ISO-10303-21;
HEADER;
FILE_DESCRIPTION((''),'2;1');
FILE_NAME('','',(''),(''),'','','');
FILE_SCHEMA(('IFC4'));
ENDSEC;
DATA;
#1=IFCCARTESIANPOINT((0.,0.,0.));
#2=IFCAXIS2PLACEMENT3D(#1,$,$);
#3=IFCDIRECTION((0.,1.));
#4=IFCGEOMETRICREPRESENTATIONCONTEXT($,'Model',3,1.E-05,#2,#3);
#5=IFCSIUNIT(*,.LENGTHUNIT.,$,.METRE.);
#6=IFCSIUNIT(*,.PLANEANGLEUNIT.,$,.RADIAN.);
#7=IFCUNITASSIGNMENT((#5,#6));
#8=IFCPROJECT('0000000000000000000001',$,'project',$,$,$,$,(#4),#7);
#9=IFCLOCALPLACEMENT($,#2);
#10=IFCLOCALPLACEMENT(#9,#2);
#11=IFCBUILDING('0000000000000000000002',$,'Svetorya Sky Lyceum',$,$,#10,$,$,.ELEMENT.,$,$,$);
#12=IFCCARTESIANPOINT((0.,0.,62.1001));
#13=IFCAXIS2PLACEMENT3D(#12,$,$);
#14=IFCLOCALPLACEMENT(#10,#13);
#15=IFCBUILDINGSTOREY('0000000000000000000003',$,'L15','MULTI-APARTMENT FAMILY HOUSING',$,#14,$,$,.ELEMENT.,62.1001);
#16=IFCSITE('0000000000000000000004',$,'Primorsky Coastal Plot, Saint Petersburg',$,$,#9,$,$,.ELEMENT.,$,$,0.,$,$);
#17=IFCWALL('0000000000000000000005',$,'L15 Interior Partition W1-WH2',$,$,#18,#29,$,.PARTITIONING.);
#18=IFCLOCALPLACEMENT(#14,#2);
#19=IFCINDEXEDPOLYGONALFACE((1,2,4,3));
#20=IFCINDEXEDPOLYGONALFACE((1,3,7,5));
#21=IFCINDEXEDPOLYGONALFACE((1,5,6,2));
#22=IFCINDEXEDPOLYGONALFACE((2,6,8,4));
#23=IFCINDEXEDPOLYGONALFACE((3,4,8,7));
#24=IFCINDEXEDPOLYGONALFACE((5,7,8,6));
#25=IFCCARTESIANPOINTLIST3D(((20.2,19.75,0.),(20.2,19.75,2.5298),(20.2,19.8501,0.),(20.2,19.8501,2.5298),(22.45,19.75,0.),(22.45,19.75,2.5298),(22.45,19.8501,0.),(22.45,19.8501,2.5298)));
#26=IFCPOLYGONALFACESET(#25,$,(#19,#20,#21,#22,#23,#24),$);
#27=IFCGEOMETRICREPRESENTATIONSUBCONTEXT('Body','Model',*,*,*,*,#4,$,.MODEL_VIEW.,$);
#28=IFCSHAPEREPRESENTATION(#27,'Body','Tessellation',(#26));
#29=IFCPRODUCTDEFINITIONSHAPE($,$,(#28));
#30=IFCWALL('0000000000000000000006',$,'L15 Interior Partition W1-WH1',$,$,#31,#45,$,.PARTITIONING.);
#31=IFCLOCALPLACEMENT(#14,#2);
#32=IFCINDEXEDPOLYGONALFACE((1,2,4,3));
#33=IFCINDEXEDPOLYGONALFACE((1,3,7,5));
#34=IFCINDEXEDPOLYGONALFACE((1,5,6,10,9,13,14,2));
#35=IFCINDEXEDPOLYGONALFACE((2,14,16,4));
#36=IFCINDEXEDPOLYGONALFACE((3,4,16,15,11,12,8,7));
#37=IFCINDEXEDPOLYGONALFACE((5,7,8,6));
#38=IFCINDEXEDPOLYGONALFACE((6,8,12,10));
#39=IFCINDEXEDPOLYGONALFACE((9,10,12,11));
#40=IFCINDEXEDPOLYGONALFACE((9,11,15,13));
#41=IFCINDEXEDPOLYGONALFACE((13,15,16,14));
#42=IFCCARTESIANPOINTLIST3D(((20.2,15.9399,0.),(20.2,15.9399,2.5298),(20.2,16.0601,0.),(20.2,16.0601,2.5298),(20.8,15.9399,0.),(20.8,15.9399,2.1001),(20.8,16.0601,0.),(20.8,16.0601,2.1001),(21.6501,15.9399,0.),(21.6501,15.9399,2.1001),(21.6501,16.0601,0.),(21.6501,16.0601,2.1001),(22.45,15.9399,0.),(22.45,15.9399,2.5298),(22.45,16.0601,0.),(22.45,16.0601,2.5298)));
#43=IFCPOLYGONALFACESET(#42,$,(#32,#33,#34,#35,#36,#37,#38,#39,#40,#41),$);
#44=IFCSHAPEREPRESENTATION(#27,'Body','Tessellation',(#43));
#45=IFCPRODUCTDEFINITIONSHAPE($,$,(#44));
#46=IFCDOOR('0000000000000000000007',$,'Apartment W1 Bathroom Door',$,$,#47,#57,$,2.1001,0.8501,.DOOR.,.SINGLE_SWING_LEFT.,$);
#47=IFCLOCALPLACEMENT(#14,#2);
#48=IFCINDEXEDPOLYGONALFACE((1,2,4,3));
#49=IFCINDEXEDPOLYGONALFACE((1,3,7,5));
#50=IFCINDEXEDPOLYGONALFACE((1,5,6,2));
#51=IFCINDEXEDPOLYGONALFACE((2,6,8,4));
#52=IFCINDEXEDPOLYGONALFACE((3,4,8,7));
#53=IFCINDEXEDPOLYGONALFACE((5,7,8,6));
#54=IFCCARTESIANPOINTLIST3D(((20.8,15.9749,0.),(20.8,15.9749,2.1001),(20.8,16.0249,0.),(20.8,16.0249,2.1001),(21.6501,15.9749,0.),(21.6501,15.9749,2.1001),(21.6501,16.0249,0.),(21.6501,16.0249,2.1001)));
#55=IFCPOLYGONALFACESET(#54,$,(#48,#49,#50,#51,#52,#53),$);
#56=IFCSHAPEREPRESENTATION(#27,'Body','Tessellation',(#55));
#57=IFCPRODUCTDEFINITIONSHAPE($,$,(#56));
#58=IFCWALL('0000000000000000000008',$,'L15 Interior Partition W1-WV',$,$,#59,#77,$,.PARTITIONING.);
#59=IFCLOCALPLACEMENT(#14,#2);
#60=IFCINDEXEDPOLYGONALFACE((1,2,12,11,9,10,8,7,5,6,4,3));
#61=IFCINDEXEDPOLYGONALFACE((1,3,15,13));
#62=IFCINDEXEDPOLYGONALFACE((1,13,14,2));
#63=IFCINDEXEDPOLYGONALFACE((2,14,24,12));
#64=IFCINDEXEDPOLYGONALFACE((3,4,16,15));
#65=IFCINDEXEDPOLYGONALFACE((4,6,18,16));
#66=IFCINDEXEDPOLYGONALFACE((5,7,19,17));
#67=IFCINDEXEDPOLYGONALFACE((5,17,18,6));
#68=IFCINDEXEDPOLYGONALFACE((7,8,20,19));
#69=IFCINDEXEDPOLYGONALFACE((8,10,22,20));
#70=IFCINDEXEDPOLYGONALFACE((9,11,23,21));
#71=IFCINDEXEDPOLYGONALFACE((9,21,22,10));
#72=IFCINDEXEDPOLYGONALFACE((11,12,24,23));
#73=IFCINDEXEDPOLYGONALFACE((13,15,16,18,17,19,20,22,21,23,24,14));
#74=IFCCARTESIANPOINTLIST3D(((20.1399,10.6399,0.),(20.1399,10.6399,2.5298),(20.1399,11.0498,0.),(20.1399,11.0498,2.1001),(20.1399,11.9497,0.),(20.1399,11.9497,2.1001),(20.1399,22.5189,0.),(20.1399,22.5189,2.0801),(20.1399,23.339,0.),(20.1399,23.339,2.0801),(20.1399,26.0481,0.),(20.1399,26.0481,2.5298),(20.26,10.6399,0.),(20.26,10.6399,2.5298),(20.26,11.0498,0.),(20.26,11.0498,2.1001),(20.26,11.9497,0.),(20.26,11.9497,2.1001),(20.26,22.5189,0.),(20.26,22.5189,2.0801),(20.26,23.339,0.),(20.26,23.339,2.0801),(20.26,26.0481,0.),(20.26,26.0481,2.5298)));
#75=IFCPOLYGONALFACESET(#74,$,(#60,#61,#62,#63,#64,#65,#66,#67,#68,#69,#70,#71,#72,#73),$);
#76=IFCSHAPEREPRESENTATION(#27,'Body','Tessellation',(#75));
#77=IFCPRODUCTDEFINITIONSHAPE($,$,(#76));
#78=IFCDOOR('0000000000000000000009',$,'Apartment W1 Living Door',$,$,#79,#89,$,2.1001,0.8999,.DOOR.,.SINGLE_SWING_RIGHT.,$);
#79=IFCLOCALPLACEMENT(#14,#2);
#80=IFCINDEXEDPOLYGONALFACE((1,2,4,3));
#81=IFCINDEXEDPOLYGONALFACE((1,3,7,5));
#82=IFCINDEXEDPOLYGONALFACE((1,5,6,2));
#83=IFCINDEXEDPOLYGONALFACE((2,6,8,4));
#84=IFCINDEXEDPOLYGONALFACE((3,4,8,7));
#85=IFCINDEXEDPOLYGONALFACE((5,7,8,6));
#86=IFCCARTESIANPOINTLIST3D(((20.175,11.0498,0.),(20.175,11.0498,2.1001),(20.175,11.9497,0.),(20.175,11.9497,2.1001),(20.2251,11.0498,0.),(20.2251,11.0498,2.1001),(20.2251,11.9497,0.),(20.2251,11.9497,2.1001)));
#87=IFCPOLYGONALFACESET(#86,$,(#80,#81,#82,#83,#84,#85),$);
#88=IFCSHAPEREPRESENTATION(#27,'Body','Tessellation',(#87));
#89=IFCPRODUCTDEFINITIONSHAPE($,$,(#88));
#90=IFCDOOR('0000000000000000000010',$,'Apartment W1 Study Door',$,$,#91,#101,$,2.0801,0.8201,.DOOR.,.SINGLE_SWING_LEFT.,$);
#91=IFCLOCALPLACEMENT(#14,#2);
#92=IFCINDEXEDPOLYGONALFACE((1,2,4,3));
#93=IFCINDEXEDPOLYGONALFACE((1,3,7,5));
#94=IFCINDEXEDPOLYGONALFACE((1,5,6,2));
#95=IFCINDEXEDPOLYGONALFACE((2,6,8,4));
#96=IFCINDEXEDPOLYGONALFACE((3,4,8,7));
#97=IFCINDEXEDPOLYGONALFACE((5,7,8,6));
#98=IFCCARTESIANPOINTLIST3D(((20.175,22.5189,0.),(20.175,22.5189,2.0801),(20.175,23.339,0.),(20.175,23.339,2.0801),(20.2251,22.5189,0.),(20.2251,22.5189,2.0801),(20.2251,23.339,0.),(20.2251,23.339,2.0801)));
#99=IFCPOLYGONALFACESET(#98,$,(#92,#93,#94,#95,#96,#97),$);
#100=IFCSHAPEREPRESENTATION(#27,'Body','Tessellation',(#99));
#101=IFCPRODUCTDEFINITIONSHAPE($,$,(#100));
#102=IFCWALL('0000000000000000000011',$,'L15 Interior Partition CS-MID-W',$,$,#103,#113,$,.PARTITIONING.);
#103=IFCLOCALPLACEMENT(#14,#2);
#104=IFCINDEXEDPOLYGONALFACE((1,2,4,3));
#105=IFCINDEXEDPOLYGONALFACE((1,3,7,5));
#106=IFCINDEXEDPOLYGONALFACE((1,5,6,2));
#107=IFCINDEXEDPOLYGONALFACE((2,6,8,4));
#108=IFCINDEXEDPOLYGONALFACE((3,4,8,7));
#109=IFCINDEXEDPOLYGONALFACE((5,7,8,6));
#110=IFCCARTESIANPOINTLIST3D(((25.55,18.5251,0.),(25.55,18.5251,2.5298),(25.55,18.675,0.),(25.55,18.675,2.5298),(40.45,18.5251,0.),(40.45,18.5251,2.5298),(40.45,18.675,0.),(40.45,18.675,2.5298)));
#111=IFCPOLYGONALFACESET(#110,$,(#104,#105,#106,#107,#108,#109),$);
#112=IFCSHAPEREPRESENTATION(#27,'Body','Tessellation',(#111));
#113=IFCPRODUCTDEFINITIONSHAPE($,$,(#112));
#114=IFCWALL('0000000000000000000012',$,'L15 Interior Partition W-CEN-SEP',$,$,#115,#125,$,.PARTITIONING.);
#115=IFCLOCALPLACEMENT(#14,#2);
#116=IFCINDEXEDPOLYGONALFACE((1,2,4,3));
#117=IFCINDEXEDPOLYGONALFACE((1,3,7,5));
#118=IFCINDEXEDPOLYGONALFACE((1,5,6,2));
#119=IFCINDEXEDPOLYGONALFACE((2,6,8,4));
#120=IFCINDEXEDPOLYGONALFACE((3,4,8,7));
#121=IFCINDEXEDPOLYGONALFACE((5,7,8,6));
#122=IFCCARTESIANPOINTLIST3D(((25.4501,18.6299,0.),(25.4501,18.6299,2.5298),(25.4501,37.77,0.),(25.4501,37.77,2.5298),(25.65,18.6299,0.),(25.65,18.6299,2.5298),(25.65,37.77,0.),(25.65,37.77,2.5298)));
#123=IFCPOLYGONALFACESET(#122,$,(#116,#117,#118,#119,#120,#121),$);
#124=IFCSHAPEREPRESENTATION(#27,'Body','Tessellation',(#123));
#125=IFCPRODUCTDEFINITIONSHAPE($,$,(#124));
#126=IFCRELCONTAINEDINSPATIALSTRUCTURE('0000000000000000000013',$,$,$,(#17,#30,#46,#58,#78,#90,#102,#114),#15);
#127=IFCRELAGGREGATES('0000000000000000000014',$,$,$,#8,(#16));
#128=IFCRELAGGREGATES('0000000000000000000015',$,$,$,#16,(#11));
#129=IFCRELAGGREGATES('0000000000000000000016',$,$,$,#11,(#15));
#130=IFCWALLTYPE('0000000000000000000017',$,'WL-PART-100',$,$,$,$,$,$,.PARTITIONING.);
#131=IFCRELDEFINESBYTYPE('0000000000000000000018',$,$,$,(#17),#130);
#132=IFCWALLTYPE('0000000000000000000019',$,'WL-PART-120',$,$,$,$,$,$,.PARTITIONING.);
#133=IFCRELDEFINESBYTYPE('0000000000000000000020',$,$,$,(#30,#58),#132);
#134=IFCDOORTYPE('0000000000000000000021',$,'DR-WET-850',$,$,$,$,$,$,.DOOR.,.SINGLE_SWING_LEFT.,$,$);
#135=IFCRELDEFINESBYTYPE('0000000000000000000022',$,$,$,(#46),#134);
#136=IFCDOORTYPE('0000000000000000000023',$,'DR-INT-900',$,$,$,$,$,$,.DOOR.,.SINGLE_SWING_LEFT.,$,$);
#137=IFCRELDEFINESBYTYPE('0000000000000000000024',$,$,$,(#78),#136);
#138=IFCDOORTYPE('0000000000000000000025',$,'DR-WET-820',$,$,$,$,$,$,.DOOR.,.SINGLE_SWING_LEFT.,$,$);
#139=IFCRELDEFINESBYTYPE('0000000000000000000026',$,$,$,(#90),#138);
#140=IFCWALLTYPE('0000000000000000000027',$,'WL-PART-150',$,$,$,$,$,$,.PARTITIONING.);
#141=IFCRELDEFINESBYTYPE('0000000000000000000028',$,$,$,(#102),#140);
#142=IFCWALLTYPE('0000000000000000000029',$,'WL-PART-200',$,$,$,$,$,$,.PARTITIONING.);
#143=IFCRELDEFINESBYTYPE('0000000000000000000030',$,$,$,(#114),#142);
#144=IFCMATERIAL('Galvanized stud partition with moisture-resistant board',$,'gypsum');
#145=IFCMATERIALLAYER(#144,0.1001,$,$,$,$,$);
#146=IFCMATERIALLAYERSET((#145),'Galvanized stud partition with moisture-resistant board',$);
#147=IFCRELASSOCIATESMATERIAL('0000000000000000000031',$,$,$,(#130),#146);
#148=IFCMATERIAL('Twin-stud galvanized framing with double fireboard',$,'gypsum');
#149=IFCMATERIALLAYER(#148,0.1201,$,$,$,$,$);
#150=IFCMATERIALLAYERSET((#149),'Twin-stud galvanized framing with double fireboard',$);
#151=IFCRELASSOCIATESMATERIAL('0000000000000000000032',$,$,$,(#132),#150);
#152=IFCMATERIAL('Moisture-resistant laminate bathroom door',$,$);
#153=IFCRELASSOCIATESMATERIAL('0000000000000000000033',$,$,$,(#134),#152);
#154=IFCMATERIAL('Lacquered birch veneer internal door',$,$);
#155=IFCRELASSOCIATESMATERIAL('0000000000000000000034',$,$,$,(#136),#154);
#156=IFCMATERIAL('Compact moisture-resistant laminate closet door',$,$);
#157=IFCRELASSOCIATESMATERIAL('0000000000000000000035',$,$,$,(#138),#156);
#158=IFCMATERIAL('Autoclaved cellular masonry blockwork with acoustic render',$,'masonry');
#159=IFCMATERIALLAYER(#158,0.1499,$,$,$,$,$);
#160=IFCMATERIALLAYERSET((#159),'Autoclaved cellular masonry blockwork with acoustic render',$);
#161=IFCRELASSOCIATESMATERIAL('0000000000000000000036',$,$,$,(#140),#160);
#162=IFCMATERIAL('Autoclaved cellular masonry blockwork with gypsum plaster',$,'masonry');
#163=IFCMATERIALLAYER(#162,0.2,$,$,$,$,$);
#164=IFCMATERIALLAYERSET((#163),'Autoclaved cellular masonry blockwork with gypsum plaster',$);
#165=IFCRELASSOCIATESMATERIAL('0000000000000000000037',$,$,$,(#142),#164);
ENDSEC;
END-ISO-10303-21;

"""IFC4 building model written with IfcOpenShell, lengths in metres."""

from ifc_helpers import new_model, si_unit, direction, frame, frame_2d, origin, place, context, subcontext, project, spatial, rectangle, extrude, material, layer, layer_set, type_object, element, fill, save


model = new_model("IFC4")

# Units and contexts
model_context = context("Model", 3, precision=1e-05, world=origin(), true_north=direction((0.0, 1.0)))
body_context = subcontext(model_context, "Body", "Model", "MODEL_VIEW")
ifc_project = project(units=[si_unit("LENGTHUNIT", "METRE"), si_unit("PLANEANGLEUNIT", "RADIAN")], contexts=[model_context])

# Site, building, storey
site_placement = place(None, origin())
site = spatial("IfcSite", under=ifc_project, at=site_placement, Name="Primorsky Coastal Plot, Saint Petersburg", CompositionType="ELEMENT", RefElevation=0.0)
building_placement = place(site_placement, origin())
building = spatial("IfcBuilding", under=site, at=building_placement, Name="Svetorya Sky Lyceum", CompositionType="ELEMENT")
storey_placement = place(building_placement, frame((0.0, 0.0, 62.1001)))
storey = spatial("IfcBuildingStorey", under=building, at=storey_placement, Name="L15", Description="MULTI-APARTMENT FAMILY HOUSING", CompositionType="ELEMENT", Elevation=62.1001)

# Wall
ifc_material_1 = material(Name="Galvanized stud partition with moisture-resistant board", Category="gypsum")
ifc_layer_1 = layer(ifc_material_1, 0.1001)
ifc_layer_set_1 = layer_set([ifc_layer_1], Name="Galvanized stud partition with moisture-resistant board")
wall_type_1 = type_object("IfcWallType", Name="WL-PART-100", PredefinedType="PARTITIONING", material=ifc_layer_set_1)
wall_1_placement = place(storey_placement, frame((20.2, 19.8, 0.0), z_axis=(0.0, 0.0, 1.0), x_axis=(1.0, 0.0, 0.0)))
element("IfcWall", 1, at=wall_1_placement, inside=storey, type_object=wall_type_1, Name="L15 Interior Partition W1-WH2", PredefinedType="PARTITIONING", context=body_context, shape_type="SweptSolid", body=[
    extrude(rectangle(XDim=2.25, YDim=0.1001, at=frame_2d((1.125, 0.0))), origin(), (0.0, 0.0, 1.0), 2.5298),
])

# Wall, opening, door
ifc_material_2 = material(Name="Twin-stud galvanized framing with double fireboard", Category="gypsum")
ifc_layer_2 = layer(ifc_material_2, 0.1201)
ifc_layer_set_2 = layer_set([ifc_layer_2], Name="Twin-stud galvanized framing with double fireboard")
wall_type_2 = type_object("IfcWallType", Name="WL-PART-120", PredefinedType="PARTITIONING", material=ifc_layer_set_2)
wall_2_placement = place(storey_placement, frame((20.2, 16.0, 0.0), z_axis=(0.0, 0.0, 1.0), x_axis=(1.0, 0.0, 0.0)))
wall_2 = element("IfcWall", 2, at=wall_2_placement, inside=storey, type_object=wall_type_2, Name="L15 Interior Partition W1-WH1", PredefinedType="PARTITIONING", context=body_context, shape_type="SweptSolid", body=[
    extrude(rectangle(XDim=2.25, YDim=0.1201, at=frame_2d((1.125, 0.0))), origin(), (0.0, 0.0, 1.0), 2.5298),
])
opening_1_placement = place(wall_2_placement, frame((0.6001, 0.0, 0.0)))
opening_1 = element("IfcOpeningElement", 3, at=opening_1_placement, cuts=wall_2, PredefinedType="OPENING", context=body_context, shape_type="SweptSolid", body=[
    extrude(rectangle(XDim=0.8501, YDim=2.1001, at=frame_2d((0.425, 1.05))), frame((0.0, 0.0701, 0.0), z_axis=(0.0, -1.0, 0.0), x_axis=(1.0, 0.0, 0.0)), (0.0, 0.0, 1.0), 0.1401),
])
ifc_material_3 = material(Name="Moisture-resistant laminate bathroom door")
door_type_1 = type_object("IfcDoorType", Name="DR-WET-850", OperationType="SINGLE_SWING_LEFT", PredefinedType="DOOR", material=ifc_material_3)
door_1_placement = place(opening_1_placement, origin())
door_1 = element("IfcDoor", 4, at=door_1_placement, inside=storey, type_object=door_type_1, Name="Apartment W1 Bathroom Door", OperationType="SINGLE_SWING_LEFT", OverallHeight=2.1001, OverallWidth=0.8501, PredefinedType="DOOR", context=body_context, shape_type="SweptSolid", body=[
    extrude(rectangle(XDim=0.8501, YDim=2.1001, at=frame_2d((0.425, 1.05))), frame((0.0, 0.0249, 0.0), z_axis=(0.0, -1.0, 0.0), x_axis=(1.0, 0.0, 0.0)), (0.0, 0.0, 1.0), 0.05),
])
fill(opening_1, door_1)

# Wall, openings, doors
wall_3_placement = place(storey_placement, frame((20.2, 10.6399, 0.0), z_axis=(0.0, 0.0, 1.0), x_axis=(0.0, 1.0, 0.0)))
wall_3 = element("IfcWall", 5, at=wall_3_placement, inside=storey, type_object=wall_type_2, Name="L15 Interior Partition W1-WV", PredefinedType="PARTITIONING", context=body_context, shape_type="SweptSolid", body=[
    extrude(rectangle(XDim=15.4082, YDim=0.1201, at=frame_2d((7.7041, 0.0))), origin(), (0.0, 0.0, 1.0), 2.5298),
])
opening_2_placement = place(wall_3_placement, frame((0.4099, 0.0, 0.0)))
opening_2 = element("IfcOpeningElement", 6, at=opening_2_placement, cuts=wall_3, PredefinedType="OPENING", context=body_context, shape_type="SweptSolid", body=[
    extrude(rectangle(XDim=0.8999, YDim=2.1001, at=frame_2d((0.45, 1.05))), frame((0.0, 0.0701, 0.0), z_axis=(0.0, -1.0, 0.0), x_axis=(1.0, 0.0, 0.0)), (0.0, 0.0, 1.0), 0.1401),
])
opening_3_placement = place(wall_3_placement, frame((11.8789, 0.0, 0.0)))
opening_3 = element("IfcOpeningElement", 7, at=opening_3_placement, cuts=wall_3, PredefinedType="OPENING", context=body_context, shape_type="SweptSolid", body=[
    extrude(rectangle(XDim=0.8201, YDim=2.0801, at=frame_2d((0.4102, 1.04))), frame((0.0, 0.0701, 0.0), z_axis=(0.0, -1.0, 0.0), x_axis=(1.0, 0.0, 0.0)), (0.0, 0.0, 1.0), 0.1401),
])
ifc_material_4 = material(Name="Lacquered birch veneer internal door")
door_type_2 = type_object("IfcDoorType", Name="DR-INT-900", OperationType="SINGLE_SWING_LEFT", PredefinedType="DOOR", material=ifc_material_4)
door_2_placement = place(opening_2_placement, origin())
door_2 = element("IfcDoor", 8, at=door_2_placement, inside=storey, type_object=door_type_2, Name="Apartment W1 Living Door", OperationType="SINGLE_SWING_RIGHT", OverallHeight=2.1001, OverallWidth=0.8999, PredefinedType="DOOR", context=body_context, shape_type="SweptSolid", body=[
    extrude(rectangle(XDim=0.8999, YDim=2.1001, at=frame_2d((0.45, 1.05))), frame((0.0, 0.0249, 0.0), z_axis=(0.0, -1.0, 0.0), x_axis=(1.0, 0.0, 0.0)), (0.0, 0.0, 1.0), 0.05),
])
fill(opening_2, door_2)
ifc_material_5 = material(Name="Compact moisture-resistant laminate closet door")
door_type_3 = type_object("IfcDoorType", Name="DR-WET-820", OperationType="SINGLE_SWING_LEFT", PredefinedType="DOOR", material=ifc_material_5)
door_3_placement = place(opening_3_placement, origin())
door_3 = element("IfcDoor", 9, at=door_3_placement, inside=storey, type_object=door_type_3, Name="Apartment W1 Study Door", OperationType="SINGLE_SWING_LEFT", OverallHeight=2.0801, OverallWidth=0.8201, PredefinedType="DOOR", context=body_context, shape_type="SweptSolid", body=[
    extrude(rectangle(XDim=0.8201, YDim=2.0801, at=frame_2d((0.4102, 1.04))), frame((0.0, 0.0249, 0.0), z_axis=(0.0, -1.0, 0.0), x_axis=(1.0, 0.0, 0.0)), (0.0, 0.0, 1.0), 0.05),
])
fill(opening_3, door_3)

# Walls
ifc_material_6 = material(Name="Autoclaved cellular masonry blockwork with acoustic render", Category="masonry")
ifc_layer_3 = layer(ifc_material_6, 0.1499)
ifc_layer_set_3 = layer_set([ifc_layer_3], Name="Autoclaved cellular masonry blockwork with acoustic render")
wall_type_3 = type_object("IfcWallType", Name="WL-PART-150", PredefinedType="PARTITIONING", material=ifc_layer_set_3)
wall_4_placement = place(storey_placement, frame((25.55, 18.6001, 0.0), z_axis=(0.0, 0.0, 1.0), x_axis=(1.0, 0.0, 0.0)))
element("IfcWall", 10, at=wall_4_placement, inside=storey, type_object=wall_type_3, Name="L15 Interior Partition CS-MID-W", PredefinedType="PARTITIONING", context=body_context, shape_type="SweptSolid", body=[
    extrude(rectangle(XDim=14.8999, YDim=0.1499, at=frame_2d((7.45, 0.0))), origin(), (0.0, 0.0, 1.0), 2.5298),
])
ifc_material_7 = material(Name="Autoclaved cellular masonry blockwork with gypsum plaster", Category="masonry")
ifc_layer_4 = layer(ifc_material_7, 0.2)
ifc_layer_set_4 = layer_set([ifc_layer_4], Name="Autoclaved cellular masonry blockwork with gypsum plaster")
wall_type_4 = type_object("IfcWallType", Name="WL-PART-200", PredefinedType="PARTITIONING", material=ifc_layer_set_4)
wall_5_placement = place(storey_placement, frame((25.55, 18.6299, 0.0), z_axis=(0.0, 0.0, 1.0), x_axis=(0.0, 1.0, 0.0)))
element("IfcWall", 11, at=wall_5_placement, inside=storey, type_object=wall_type_4, Name="L15 Interior Partition W-CEN-SEP", PredefinedType="PARTITIONING", context=body_context, shape_type="SweptSolid", body=[
    extrude(rectangle(XDim=19.1401, YDim=0.2, at=frame_2d((9.5701, 0.0))), origin(), (0.0, 0.0, 1.0), 2.5298),
])

save(model, "model.ifc")
